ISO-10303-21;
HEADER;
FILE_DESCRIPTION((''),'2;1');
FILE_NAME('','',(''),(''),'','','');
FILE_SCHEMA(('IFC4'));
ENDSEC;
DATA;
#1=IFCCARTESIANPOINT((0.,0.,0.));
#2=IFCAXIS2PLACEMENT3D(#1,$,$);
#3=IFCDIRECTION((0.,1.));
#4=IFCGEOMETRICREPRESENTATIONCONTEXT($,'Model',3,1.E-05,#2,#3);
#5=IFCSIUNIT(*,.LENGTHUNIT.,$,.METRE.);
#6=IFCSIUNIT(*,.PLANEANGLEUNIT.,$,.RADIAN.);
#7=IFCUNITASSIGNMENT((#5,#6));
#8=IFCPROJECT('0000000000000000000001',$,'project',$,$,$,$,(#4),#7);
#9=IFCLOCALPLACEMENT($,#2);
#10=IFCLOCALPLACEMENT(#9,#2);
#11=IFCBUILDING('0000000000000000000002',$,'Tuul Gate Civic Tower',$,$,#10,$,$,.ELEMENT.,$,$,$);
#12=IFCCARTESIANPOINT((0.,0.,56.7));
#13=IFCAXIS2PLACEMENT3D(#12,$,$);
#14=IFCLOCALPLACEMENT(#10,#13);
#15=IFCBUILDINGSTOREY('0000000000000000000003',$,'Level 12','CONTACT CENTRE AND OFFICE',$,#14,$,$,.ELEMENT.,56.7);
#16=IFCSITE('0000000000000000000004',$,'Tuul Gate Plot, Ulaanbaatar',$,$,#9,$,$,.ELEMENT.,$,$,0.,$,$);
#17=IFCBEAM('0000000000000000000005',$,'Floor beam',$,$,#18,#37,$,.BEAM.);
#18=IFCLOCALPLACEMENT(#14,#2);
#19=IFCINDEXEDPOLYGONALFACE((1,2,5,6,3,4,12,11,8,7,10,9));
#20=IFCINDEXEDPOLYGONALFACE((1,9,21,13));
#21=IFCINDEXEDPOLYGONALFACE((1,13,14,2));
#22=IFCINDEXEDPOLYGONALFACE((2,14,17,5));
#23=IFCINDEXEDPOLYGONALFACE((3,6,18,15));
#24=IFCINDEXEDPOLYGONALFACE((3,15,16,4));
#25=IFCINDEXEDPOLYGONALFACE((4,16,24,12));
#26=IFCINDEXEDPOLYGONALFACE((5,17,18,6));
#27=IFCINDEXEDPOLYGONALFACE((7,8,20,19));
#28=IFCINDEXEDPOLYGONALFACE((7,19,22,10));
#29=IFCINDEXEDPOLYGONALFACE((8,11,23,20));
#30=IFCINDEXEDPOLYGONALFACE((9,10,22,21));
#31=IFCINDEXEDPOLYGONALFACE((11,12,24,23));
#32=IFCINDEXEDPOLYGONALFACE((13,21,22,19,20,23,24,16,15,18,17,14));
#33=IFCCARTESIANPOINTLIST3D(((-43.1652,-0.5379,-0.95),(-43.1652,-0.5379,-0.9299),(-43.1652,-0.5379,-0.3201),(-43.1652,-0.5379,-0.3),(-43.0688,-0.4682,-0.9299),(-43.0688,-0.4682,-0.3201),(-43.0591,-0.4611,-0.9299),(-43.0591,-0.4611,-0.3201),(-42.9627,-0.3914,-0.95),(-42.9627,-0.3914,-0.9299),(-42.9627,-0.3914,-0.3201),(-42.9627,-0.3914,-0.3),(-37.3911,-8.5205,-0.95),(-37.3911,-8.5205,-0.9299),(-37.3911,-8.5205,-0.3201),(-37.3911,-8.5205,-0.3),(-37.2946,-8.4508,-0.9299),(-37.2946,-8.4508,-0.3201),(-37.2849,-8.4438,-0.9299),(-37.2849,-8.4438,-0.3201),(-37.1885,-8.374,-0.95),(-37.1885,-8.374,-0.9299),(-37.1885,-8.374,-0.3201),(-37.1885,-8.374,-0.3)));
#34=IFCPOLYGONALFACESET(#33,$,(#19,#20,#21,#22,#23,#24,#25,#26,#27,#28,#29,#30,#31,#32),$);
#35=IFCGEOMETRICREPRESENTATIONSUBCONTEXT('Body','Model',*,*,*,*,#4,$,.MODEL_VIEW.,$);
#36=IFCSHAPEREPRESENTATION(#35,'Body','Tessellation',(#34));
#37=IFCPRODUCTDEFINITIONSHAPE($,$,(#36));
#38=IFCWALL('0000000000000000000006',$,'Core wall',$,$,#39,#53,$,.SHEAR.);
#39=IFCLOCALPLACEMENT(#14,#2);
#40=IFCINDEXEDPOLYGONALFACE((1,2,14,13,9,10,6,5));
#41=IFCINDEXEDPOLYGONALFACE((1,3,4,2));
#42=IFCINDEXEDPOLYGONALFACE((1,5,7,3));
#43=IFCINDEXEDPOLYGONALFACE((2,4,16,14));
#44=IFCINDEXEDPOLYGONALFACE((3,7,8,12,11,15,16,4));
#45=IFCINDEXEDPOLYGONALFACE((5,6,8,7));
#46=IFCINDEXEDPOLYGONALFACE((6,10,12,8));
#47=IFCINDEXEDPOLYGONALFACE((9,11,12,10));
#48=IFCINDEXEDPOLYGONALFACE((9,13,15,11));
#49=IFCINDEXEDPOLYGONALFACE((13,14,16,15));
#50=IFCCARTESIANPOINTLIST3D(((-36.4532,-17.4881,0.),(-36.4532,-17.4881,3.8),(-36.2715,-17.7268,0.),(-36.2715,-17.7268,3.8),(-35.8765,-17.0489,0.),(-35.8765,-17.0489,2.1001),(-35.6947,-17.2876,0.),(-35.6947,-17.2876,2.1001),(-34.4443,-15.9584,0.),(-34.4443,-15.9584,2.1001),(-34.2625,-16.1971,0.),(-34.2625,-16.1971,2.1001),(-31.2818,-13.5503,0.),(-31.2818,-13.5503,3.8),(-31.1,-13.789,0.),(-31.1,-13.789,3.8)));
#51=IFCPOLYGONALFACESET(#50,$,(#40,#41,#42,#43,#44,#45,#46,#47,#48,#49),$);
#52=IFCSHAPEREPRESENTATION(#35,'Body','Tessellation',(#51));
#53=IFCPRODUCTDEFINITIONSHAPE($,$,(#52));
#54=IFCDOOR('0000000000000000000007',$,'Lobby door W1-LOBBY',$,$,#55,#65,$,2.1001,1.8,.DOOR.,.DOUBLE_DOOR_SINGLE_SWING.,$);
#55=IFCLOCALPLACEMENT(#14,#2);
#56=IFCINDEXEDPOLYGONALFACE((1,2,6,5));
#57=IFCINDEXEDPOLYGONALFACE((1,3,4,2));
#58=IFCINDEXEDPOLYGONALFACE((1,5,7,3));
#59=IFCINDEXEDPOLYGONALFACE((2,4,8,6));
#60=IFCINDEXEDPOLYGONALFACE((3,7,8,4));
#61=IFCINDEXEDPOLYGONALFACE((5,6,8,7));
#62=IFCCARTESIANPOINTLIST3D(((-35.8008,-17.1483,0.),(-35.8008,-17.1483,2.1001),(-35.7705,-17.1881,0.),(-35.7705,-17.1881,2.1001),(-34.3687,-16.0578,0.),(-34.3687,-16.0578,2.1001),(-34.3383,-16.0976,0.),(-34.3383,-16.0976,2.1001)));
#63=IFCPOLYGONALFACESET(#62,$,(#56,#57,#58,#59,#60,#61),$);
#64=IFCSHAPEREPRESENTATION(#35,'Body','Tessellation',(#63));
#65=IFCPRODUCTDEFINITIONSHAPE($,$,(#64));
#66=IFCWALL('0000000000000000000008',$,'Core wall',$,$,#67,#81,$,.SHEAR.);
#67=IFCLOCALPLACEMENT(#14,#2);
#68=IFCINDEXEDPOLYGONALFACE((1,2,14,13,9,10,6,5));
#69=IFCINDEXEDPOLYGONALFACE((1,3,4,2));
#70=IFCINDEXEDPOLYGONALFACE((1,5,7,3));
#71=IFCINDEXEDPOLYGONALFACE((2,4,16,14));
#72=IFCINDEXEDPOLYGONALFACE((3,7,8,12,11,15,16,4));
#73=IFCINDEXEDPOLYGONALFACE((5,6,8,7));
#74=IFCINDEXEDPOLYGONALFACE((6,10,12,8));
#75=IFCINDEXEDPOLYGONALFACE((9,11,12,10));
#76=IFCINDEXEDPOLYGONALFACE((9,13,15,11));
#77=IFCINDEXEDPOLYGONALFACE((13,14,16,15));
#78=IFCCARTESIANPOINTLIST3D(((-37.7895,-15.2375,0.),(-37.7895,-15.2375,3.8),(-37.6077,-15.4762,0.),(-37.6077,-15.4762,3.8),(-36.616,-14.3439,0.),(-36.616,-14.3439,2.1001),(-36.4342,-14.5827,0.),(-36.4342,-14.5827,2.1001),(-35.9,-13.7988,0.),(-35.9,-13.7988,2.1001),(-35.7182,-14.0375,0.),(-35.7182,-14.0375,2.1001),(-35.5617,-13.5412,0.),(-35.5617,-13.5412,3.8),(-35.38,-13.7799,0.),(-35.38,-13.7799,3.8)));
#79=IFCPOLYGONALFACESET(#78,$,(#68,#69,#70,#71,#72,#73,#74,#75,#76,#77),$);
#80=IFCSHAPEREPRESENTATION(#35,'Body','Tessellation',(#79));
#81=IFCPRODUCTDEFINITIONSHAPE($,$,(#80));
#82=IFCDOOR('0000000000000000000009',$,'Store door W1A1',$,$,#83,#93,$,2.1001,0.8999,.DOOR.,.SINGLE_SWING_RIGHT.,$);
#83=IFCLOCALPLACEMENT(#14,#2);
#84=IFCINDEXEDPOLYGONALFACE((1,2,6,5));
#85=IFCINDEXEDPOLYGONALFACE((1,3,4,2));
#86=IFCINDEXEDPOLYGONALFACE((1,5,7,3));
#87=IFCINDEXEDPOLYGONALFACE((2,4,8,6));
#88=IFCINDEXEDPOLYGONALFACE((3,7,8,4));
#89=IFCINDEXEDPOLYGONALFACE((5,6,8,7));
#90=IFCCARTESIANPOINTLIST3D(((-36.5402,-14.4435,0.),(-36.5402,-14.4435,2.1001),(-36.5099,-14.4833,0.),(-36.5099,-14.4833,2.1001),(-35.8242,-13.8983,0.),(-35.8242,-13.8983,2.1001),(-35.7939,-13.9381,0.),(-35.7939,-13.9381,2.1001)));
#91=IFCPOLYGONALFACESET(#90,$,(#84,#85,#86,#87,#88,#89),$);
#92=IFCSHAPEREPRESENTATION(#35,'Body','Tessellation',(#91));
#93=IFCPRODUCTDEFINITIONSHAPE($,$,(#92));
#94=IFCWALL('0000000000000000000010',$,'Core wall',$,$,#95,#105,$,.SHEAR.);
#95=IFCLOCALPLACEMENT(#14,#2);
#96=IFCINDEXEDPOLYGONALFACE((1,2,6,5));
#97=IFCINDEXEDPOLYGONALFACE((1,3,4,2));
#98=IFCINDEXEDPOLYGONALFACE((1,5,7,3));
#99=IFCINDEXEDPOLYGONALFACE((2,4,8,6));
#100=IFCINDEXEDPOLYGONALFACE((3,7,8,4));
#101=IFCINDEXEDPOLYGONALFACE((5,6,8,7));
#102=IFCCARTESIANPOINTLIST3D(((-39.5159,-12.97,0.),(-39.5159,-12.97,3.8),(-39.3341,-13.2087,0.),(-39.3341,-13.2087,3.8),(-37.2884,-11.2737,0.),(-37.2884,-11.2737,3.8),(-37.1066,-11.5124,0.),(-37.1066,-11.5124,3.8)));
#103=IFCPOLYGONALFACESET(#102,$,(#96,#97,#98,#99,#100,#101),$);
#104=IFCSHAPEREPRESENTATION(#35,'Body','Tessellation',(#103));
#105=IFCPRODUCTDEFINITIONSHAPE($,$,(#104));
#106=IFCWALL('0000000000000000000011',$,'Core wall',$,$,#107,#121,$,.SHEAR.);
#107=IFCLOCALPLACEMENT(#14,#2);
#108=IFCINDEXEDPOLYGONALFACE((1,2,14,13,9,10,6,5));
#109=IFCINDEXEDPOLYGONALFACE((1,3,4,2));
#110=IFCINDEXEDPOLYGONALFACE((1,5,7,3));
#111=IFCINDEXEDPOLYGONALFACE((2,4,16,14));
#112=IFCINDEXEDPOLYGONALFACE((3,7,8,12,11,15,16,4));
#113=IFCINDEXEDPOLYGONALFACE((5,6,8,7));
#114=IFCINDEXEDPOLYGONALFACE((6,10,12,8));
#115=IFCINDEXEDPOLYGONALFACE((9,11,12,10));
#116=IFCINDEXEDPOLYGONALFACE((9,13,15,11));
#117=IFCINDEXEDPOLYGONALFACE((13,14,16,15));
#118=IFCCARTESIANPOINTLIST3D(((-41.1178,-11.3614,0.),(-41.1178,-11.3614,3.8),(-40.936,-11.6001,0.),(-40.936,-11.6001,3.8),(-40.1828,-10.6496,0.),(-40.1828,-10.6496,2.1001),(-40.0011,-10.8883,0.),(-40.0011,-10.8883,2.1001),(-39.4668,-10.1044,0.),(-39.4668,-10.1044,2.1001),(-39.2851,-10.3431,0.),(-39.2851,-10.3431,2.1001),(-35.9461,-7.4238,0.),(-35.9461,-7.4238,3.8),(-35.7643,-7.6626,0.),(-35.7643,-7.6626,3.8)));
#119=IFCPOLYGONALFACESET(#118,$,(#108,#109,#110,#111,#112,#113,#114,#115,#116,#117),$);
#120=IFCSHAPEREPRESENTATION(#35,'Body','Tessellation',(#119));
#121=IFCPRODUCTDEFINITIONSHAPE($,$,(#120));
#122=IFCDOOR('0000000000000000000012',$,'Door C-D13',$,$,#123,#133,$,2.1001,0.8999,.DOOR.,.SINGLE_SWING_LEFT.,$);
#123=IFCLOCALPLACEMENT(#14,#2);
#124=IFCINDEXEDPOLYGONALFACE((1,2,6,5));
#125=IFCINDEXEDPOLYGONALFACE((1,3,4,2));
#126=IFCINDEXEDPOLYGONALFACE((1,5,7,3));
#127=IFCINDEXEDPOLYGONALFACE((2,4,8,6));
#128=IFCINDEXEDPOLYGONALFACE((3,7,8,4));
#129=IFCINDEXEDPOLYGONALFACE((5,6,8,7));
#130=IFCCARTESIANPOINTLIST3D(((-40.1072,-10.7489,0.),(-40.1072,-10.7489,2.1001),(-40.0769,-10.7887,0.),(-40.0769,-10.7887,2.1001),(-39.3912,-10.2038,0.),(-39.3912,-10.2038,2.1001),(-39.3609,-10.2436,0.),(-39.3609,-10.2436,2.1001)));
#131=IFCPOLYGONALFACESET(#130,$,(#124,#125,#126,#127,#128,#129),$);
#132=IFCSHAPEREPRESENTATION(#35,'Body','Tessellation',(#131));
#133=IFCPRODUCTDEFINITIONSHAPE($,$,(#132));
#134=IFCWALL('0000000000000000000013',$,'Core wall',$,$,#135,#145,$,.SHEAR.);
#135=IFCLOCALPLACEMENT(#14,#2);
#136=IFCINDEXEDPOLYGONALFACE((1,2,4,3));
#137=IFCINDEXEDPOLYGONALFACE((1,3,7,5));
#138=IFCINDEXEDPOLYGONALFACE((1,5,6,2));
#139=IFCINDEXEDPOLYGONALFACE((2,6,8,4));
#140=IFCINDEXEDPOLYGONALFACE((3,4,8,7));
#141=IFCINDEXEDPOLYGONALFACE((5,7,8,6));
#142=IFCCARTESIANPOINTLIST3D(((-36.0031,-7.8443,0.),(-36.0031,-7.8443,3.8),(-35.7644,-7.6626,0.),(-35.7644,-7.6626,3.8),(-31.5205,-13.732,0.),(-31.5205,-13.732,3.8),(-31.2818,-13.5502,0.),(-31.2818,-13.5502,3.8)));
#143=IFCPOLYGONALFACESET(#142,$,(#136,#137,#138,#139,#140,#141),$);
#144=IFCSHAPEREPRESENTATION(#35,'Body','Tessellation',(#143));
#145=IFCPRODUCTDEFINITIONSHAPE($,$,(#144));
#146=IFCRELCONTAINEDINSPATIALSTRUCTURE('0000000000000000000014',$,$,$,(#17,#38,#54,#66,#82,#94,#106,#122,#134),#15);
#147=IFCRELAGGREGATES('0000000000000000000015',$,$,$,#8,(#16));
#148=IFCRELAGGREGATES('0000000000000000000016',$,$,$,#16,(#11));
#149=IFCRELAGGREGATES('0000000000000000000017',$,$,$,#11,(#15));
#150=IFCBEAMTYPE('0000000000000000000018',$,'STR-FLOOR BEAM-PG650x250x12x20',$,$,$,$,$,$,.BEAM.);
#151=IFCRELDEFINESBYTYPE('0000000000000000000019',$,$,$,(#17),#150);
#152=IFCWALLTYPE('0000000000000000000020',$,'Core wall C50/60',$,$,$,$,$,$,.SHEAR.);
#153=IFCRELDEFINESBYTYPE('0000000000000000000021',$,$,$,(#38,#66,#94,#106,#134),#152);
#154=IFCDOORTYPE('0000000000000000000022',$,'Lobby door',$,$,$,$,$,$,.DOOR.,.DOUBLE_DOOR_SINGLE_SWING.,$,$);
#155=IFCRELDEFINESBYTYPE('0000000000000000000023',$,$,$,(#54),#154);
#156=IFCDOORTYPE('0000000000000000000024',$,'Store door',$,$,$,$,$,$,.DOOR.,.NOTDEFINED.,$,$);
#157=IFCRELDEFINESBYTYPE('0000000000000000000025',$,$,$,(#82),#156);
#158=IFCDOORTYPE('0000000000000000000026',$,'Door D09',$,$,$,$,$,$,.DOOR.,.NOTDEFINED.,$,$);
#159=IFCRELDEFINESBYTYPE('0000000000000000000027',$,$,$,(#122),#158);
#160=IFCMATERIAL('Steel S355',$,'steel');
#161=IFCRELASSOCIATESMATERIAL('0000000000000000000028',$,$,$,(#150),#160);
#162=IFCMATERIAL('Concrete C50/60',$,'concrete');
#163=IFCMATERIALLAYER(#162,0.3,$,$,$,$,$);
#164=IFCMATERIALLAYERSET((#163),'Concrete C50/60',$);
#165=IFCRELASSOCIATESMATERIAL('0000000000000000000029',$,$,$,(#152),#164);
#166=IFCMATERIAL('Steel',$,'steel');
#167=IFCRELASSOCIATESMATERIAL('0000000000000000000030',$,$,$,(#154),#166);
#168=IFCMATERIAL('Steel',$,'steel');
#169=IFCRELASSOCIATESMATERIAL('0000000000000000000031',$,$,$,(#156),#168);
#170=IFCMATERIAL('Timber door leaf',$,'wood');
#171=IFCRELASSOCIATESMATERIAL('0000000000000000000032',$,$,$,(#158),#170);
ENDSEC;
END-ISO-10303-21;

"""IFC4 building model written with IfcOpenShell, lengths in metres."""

from ifc_helpers import new_model, si_unit, direction, frame, frame_2d, origin, origin_2d, place, context, subcontext, project, spatial, rectangle, i_section, extrude, material, layer, layer_set, material_profile, profile_set, type_object, element, fill, save


model = new_model("IFC4")

# Units and contexts
model_context = context("Model", 3, precision=1e-05, world=origin(), true_north=direction((0.0, 1.0)))
body_context = subcontext(model_context, "Body", "Model", "MODEL_VIEW")
ifc_project = project(units=[si_unit("LENGTHUNIT", "METRE"), si_unit("PLANEANGLEUNIT", "RADIAN")], contexts=[model_context])

# Site, building, storey
site_placement = place(None, origin())
site = spatial("IfcSite", under=ifc_project, at=site_placement, Name="Tuul Gate Plot, Ulaanbaatar", CompositionType="ELEMENT", RefElevation=0.0)
building_placement = place(site_placement, origin())
building = spatial("IfcBuilding", under=site, at=building_placement, Name="Tuul Gate Civic Tower", CompositionType="ELEMENT")
storey_placement = place(building_placement, frame((0.0, 0.0, 56.7)))
storey = spatial("IfcBuildingStorey", under=building, at=storey_placement, Name="Level 12", Description="CONTACT CENTRE AND OFFICE", CompositionType="ELEMENT", Elevation=56.7)

# Beam
ifc_material_1 = material(Name="Steel S355", Category="steel")
ifc_material_profile = material_profile(ifc_material_1, i_section(OverallWidth=0.25, OverallDepth=0.6499, WebThickness=0.012, FlangeThickness=0.02, at=origin_2d()), Name="PG650x250x12x20")
ifc_profile_set = profile_set([ifc_material_profile], Name="Steel S355")
beam_type = type_object("IfcBeamType", Name="STR-FLOOR BEAM-PG650x250x12x20", PredefinedType="BEAM", material=ifc_profile_set)
beam_placement = place(storey_placement, frame((-37.2898, -8.4473, -0.625), z_axis=(-0.586085, 0.81025, 0.0), x_axis=(-0.81025, -0.586085, 0.0)))
element("IfcBeam", 1, at=beam_placement, inside=storey, type_object=beam_type, Name="Floor beam", PredefinedType="BEAM", context=body_context, shape_type="SweptSolid", body=[
    extrude(i_section(OverallWidth=0.25, OverallDepth=0.6499, WebThickness=0.012, FlangeThickness=0.02, at=origin_2d()), origin(), (0.0, 0.0, 1.0), 9.8521),
])

# Walls, openings, doors
ifc_material_2 = material(Name="Concrete C50/60", Category="concrete")
ifc_layer = layer(ifc_material_2, 0.3)
ifc_layer_set = layer_set([ifc_layer], Name="Concrete C50/60")
wall_type = type_object("IfcWallType", Name="Core wall C50/60", PredefinedType="SHEAR", material=ifc_layer_set)
wall_1_placement = place(storey_placement, frame((-31.1909, -13.6697, 0.0), z_axis=(0.0, 0.0, 1.0), x_axis=(-0.795607, -0.605813, 0.0)))
wall_1 = element("IfcWall", 2, at=wall_1_placement, inside=storey, type_object=wall_type, Name="Core wall", PredefinedType="SHEAR", context=body_context, shape_type="SweptSolid", body=[
    extrude(rectangle(XDim=6.5, YDim=0.3, at=frame_2d((3.25, 0.0))), origin(), (0.0, 0.0, 1.0), 3.8),
])
opening_1_placement = place(wall_1_placement, frame((3.9751, 0.0, 0.0)))
opening_1 = element("IfcOpeningElement", 3, at=opening_1_placement, cuts=wall_1, PredefinedType="OPENING", context=body_context, shape_type="SweptSolid", body=[
    extrude(rectangle(XDim=1.8, YDim=2.1001, at=frame_2d((0.8999, 1.05))), frame((0.0, 0.1602, 0.0), z_axis=(0.0, -1.0, 0.0), x_axis=(1.0, 0.0, 0.0)), (0.0, 0.0, 1.0), 0.3201),
])
ifc_material_3 = material(Name="Steel", Category="steel")
door_type_1 = type_object("IfcDoorType", Name="Lobby door", OperationType="DOUBLE_DOOR_SINGLE_SWING", PredefinedType="DOOR", material=ifc_material_3)
door_1_placement = place(opening_1_placement, origin())
door_1 = element("IfcDoor", 4, at=door_1_placement, inside=storey, type_object=door_type_1, Name="Lobby door W1-LOBBY", OperationType="DOUBLE_DOOR_SINGLE_SWING", OverallHeight=2.1001, OverallWidth=1.8, PredefinedType="DOOR", context=body_context, shape_type="SweptSolid", body=[
    extrude(rectangle(XDim=1.8, YDim=2.1001, at=frame_2d((0.8999, 1.05))), frame((0.0, 0.0249, 0.0), z_axis=(0.0, -1.0, 0.0), x_axis=(1.0, 0.0, 0.0)), (0.0, 0.0, 1.0), 0.05),
])
fill(opening_1, door_1)
wall_2_placement = place(storey_placement, frame((-35.4709, -13.6606, 0.0), z_axis=(0.0, 0.0, 1.0), x_axis=(-0.795616, -0.605802, 0.0)))
wall_2 = element("IfcWall", 5, at=wall_2_placement, inside=storey, type_object=wall_type, Name="Core wall", PredefinedType="SHEAR", context=body_context, shape_type="SweptSolid", body=[
    extrude(rectangle(XDim=2.8, YDim=0.3, at=frame_2d((1.3999, 0.0))), origin(), (0.0, 0.0, 1.0), 3.8),
])
opening_2_placement = place(wall_2_placement, frame((0.425, 0.0, 0.0)))
opening_2 = element("IfcOpeningElement", 6, at=opening_2_placement, cuts=wall_2, PredefinedType="OPENING", context=body_context, shape_type="SweptSolid", body=[
    extrude(rectangle(XDim=0.8999, YDim=2.1001, at=frame_2d((0.45, 1.05))), frame((0.0, 0.1602, 0.0), z_axis=(0.0, -1.0, 0.0), x_axis=(1.0, 0.0, 0.0)), (0.0, 0.0, 1.0), 0.3201),
])
ifc_material_4 = material(Name="Steel", Category="steel")
door_type_2 = type_object("IfcDoorType", Name="Store door", OperationType="NOTDEFINED", PredefinedType="DOOR", material=ifc_material_4)
door_2_placement = place(opening_2_placement, frame((0.8999, 0.0, 0.0), z_axis=(0.0, 0.0, 1.0), x_axis=(-1.0, 0.0, 0.0)))
door_2 = element("IfcDoor", 7, at=door_2_placement, inside=storey, type_object=door_type_2, Name="Store door W1A1", OperationType="SINGLE_SWING_RIGHT", OverallHeight=2.1001, OverallWidth=0.8999, PredefinedType="DOOR", context=body_context, shape_type="SweptSolid", body=[
    extrude(rectangle(XDim=0.8999, YDim=2.1001, at=frame_2d((0.45, 1.05))), frame((0.0, 0.0249, 0.0), z_axis=(0.0, -1.0, 0.0), x_axis=(1.0, 0.0, 0.0)), (0.0, 0.0, 1.0), 0.05),
])
fill(opening_2, door_2)

# Wall
wall_3_placement = place(storey_placement, frame((-37.1975, -11.3931, 0.0), z_axis=(0.0, 0.0, 1.0), x_axis=(-0.795584, -0.605844, 0.0)))
element("IfcWall", 8, at=wall_3_placement, inside=storey, type_object=wall_type, Name="Core wall", PredefinedType="SHEAR", context=body_context, shape_type="SweptSolid", body=[
    extrude(rectangle(XDim=2.7998, YDim=0.3, at=frame_2d((1.3999, 0.0))), origin(), (0.0, 0.0, 1.0), 3.8),
])

# Wall, opening, door
wall_4_placement = place(storey_placement, frame((-35.8552, -7.5432, 0.0), z_axis=(0.0, 0.0, 1.0), x_axis=(-0.795639, -0.605772, 0.0)))
wall_4 = element("IfcWall", 9, at=wall_4_placement, inside=storey, type_object=wall_type, Name="Core wall", PredefinedType="SHEAR", context=body_context, shape_type="SweptSolid", body=[
    extrude(rectangle(XDim=6.5, YDim=0.3, at=frame_2d((3.25, 0.0))), origin(), (0.0, 0.0, 1.0), 3.8),
])
opening_3_placement = place(wall_4_placement, frame((4.425, 0.0, 0.0)))
opening_3 = element("IfcOpeningElement", 10, at=opening_3_placement, cuts=wall_4, PredefinedType="OPENING", context=body_context, shape_type="SweptSolid", body=[
    extrude(rectangle(XDim=0.8999, YDim=2.1001, at=frame_2d((0.45, 1.05))), frame((0.0, 0.1602, 0.0), z_axis=(0.0, -1.0, 0.0), x_axis=(1.0, 0.0, 0.0)), (0.0, 0.0, 1.0), 0.3201),
])
ifc_material_5 = material(Name="Timber door leaf", Category="wood")
door_type_3 = type_object("IfcDoorType", Name="Door D09", OperationType="NOTDEFINED", PredefinedType="DOOR", material=ifc_material_5)
door_3_placement = place(opening_3_placement, origin())
door_3 = element("IfcDoor", 11, at=door_3_placement, inside=storey, type_object=door_type_3, Name="Door C-D13", OperationType="SINGLE_SWING_LEFT", OverallHeight=2.1001, OverallWidth=0.8999, PredefinedType="DOOR", context=body_context, shape_type="SweptSolid", body=[
    extrude(rectangle(XDim=0.8999, YDim=2.1001, at=frame_2d((0.45, 1.05))), frame((0.0, 0.0249, 0.0), z_axis=(0.0, -1.0, 0.0), x_axis=(1.0, 0.0, 0.0)), (0.0, 0.0, 1.0), 0.05),
])
fill(opening_3, door_3)

# Wall
wall_5_placement = place(storey_placement, frame((-31.4011, -13.6411, 0.0), z_axis=(0.0, 0.0, 1.0), x_axis=(-0.60577, 0.79564, 0.0)))
element("IfcWall", 12, at=wall_5_placement, inside=storey, type_object=wall_type, Name="Core wall", PredefinedType="SHEAR", context=body_context, shape_type="SweptSolid", body=[
    extrude(rectangle(XDim=7.3999, YDim=0.3, at=frame_2d((3.7, 0.0))), origin(), (0.0, 0.0, 1.0), 3.8),
])

save(model, "model.ifc")
